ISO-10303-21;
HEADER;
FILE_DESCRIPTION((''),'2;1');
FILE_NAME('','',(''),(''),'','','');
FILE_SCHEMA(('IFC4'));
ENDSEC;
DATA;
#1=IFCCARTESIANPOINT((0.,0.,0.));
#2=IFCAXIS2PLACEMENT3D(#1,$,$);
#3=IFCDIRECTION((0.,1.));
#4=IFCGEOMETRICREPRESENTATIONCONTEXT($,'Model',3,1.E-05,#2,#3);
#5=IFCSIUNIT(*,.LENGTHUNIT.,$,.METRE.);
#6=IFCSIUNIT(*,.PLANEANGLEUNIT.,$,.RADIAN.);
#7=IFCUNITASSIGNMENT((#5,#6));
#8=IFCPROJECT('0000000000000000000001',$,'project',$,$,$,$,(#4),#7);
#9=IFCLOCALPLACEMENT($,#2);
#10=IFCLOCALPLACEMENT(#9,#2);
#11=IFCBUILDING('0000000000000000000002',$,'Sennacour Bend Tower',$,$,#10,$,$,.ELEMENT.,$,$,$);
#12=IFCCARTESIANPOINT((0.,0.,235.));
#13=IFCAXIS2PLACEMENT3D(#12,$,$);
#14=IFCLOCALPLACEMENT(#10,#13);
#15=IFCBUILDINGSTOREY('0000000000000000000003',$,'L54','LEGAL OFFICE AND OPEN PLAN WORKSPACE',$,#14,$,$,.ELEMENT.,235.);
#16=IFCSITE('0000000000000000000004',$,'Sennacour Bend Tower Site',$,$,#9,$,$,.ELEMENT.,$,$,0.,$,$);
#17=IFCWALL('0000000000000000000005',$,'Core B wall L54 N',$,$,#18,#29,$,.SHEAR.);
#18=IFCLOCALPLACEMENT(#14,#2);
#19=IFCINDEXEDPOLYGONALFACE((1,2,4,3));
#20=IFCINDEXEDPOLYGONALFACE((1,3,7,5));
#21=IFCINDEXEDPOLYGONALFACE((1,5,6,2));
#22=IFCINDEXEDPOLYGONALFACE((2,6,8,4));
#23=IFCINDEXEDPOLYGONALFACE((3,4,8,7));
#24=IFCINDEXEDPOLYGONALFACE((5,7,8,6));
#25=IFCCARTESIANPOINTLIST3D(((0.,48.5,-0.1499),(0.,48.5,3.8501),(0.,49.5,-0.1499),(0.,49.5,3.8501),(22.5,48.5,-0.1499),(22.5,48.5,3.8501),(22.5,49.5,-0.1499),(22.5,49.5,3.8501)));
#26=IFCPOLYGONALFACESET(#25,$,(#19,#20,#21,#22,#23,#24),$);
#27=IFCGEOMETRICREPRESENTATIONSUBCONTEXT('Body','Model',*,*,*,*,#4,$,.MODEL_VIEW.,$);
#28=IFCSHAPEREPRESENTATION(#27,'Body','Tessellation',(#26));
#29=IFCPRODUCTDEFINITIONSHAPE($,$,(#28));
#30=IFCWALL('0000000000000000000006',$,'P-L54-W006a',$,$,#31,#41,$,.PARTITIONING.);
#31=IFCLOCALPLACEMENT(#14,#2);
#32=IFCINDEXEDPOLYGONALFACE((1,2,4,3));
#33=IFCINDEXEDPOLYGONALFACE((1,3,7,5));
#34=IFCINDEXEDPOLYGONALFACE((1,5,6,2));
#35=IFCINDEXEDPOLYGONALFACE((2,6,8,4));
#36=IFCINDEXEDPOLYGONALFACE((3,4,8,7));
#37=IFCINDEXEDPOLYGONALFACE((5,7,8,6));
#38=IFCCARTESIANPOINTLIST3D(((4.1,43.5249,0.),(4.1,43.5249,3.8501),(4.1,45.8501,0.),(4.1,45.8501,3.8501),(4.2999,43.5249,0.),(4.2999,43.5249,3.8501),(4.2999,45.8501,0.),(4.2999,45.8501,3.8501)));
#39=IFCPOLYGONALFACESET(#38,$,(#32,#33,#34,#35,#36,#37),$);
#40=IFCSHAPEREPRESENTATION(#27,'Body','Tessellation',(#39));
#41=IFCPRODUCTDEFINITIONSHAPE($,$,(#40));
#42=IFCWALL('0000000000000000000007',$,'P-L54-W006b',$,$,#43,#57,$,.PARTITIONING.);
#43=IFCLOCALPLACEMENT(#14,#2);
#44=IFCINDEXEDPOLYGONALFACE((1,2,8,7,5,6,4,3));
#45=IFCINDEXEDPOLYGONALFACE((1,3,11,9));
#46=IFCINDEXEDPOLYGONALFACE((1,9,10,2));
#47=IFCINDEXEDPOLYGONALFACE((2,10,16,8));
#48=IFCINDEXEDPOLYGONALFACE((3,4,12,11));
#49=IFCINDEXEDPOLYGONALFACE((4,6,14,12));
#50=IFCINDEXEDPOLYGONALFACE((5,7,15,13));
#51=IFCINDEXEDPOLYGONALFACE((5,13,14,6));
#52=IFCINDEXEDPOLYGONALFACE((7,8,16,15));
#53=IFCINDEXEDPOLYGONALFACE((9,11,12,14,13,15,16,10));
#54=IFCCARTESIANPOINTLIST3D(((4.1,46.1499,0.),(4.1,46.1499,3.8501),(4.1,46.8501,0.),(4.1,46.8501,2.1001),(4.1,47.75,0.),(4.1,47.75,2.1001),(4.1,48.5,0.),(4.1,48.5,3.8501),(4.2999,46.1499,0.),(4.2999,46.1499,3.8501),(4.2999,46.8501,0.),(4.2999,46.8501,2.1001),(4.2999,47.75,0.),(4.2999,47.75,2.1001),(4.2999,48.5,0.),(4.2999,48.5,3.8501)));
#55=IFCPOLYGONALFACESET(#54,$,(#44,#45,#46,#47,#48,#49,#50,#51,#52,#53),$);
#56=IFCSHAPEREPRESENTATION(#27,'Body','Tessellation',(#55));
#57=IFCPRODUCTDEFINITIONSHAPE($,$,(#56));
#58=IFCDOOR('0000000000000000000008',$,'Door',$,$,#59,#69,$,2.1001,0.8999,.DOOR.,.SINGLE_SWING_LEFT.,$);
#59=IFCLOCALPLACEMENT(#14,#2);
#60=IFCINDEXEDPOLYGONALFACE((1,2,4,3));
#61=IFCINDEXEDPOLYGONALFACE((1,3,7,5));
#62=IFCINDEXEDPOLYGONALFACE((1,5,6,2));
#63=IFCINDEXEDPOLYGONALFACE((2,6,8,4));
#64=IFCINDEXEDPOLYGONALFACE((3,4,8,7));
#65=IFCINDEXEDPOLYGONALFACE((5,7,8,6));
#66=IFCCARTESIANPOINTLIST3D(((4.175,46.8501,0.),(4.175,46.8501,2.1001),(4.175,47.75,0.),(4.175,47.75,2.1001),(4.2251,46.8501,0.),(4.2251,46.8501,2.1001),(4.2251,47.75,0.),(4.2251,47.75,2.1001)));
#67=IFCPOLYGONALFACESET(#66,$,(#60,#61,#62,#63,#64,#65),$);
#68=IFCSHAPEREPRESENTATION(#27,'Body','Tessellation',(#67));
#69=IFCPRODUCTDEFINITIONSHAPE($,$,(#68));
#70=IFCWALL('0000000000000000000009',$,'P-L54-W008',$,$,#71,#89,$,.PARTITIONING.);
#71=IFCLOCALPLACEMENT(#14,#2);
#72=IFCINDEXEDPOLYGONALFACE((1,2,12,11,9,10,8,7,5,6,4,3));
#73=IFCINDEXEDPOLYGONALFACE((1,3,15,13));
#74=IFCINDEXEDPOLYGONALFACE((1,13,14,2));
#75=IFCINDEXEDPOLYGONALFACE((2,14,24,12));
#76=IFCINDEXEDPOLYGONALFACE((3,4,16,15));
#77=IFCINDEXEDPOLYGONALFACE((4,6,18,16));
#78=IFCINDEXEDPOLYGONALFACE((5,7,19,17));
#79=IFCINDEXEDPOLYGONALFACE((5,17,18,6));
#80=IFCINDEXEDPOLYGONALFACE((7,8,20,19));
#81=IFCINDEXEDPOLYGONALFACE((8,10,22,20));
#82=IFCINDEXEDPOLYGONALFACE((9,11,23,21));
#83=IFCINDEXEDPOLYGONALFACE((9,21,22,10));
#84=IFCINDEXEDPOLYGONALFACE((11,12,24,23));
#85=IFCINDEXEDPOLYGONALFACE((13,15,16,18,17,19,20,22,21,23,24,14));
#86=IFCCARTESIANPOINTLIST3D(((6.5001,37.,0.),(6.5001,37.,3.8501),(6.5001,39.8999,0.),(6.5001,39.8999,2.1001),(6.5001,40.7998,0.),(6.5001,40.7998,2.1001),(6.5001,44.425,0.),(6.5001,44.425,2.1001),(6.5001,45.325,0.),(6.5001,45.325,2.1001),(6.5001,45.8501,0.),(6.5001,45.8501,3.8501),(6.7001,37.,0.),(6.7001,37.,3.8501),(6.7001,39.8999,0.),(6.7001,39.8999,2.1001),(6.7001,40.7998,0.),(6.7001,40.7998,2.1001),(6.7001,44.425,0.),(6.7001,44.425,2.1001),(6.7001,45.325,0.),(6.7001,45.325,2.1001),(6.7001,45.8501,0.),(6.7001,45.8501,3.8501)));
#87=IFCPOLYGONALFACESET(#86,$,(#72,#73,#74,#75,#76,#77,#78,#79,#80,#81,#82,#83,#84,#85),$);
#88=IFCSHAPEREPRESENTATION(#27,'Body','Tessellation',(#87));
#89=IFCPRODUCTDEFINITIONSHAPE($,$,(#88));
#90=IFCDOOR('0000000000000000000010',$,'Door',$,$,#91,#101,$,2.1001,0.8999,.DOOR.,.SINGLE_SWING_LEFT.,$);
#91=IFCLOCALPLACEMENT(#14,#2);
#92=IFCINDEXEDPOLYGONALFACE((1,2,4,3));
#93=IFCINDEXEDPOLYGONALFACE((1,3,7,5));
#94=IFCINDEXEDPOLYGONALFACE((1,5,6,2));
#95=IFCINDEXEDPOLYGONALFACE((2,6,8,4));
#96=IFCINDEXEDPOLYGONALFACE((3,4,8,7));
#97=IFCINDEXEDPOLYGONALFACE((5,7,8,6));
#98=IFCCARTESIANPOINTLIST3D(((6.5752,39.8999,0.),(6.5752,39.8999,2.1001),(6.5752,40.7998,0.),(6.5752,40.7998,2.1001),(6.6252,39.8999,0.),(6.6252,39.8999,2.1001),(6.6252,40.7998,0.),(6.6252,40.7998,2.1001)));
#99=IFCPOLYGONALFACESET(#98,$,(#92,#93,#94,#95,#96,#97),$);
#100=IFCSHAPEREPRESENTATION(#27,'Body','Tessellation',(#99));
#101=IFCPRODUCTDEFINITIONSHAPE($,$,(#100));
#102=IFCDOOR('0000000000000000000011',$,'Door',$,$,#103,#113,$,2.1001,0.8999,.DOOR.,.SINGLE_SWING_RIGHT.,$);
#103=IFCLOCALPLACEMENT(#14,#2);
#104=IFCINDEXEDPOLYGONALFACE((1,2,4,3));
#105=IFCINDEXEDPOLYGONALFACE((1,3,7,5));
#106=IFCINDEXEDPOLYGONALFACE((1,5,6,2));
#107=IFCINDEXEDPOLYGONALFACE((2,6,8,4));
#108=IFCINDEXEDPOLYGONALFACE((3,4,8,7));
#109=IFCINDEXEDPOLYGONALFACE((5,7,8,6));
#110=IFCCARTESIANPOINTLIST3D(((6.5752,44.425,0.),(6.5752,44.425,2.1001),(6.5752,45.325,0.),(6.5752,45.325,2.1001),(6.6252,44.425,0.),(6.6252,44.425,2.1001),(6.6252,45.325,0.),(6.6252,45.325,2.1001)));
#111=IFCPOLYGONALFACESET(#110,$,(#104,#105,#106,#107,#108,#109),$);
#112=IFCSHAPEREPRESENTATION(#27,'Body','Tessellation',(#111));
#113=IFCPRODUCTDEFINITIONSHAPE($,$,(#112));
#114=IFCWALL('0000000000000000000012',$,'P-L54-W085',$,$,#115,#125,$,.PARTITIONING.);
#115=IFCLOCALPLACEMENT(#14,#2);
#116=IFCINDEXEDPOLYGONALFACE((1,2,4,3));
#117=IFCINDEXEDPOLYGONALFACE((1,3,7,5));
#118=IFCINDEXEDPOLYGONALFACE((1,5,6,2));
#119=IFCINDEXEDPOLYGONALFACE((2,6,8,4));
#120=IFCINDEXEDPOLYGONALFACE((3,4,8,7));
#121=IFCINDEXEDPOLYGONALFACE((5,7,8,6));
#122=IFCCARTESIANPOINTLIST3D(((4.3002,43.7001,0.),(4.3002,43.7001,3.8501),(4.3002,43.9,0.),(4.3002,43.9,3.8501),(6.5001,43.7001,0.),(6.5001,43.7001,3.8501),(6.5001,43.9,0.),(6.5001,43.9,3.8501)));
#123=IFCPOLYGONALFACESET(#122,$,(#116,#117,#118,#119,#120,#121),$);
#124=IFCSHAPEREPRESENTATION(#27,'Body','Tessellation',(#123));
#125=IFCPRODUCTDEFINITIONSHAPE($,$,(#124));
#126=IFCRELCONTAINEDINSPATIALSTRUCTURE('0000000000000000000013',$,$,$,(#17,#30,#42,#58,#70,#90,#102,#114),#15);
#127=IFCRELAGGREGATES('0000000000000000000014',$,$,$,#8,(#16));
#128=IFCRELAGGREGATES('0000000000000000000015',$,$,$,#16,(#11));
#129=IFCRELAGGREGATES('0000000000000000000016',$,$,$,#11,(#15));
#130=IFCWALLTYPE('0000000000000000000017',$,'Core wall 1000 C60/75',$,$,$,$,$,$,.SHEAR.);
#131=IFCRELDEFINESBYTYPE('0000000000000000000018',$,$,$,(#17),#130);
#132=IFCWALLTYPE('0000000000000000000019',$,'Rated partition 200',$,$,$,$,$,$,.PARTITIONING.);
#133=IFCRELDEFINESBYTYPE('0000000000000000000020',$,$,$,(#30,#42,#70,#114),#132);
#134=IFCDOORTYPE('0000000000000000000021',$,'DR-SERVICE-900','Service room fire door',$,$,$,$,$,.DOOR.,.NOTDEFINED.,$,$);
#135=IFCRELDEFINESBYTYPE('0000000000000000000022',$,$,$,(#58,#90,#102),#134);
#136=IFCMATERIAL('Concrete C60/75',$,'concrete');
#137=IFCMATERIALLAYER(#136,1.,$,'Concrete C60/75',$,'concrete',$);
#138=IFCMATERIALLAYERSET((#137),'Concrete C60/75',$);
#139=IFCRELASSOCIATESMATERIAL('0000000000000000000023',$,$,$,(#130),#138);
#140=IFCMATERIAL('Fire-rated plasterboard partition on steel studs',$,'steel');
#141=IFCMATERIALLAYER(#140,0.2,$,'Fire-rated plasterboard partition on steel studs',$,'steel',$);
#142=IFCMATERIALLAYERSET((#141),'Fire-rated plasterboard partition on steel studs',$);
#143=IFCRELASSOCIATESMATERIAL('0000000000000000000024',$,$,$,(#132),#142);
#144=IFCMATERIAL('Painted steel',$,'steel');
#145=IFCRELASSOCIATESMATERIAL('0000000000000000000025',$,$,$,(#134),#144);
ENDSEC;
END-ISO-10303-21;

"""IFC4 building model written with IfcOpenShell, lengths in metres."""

from ifc_helpers import new_model, si_unit, direction, frame, frame_2d, origin, place, context, subcontext, project, spatial, rectangle, extrude, material, layer, layer_set, type_object, element, fill, save


model = new_model("IFC4")

# Units and contexts
model_context = context("Model", 3, precision=1e-05, world=origin(), true_north=direction((0.0, 1.0)))
body_context = subcontext(model_context, "Body", "Model", "MODEL_VIEW")
ifc_project = project(units=[si_unit("LENGTHUNIT", "METRE"), si_unit("PLANEANGLEUNIT", "RADIAN")], contexts=[model_context])

# Site, building, storey
site_placement = place(None, origin())
site = spatial("IfcSite", under=ifc_project, at=site_placement, Name="Sennacour Bend Tower Site", CompositionType="ELEMENT", RefElevation=0.0)
building_placement = place(site_placement, origin())
building = spatial("IfcBuilding", under=site, at=building_placement, Name="Sennacour Bend Tower", CompositionType="ELEMENT")
storey_placement = place(building_placement, frame((0.0, 0.0, 235.0)))
storey = spatial("IfcBuildingStorey", under=building, at=storey_placement, Name="L54", Description="LEGAL OFFICE AND OPEN PLAN WORKSPACE", CompositionType="ELEMENT", Elevation=235.0)

# Walls
ifc_material_1 = material(Name="Concrete C60/75", Category="concrete")
ifc_layer_1 = layer(ifc_material_1, 1.0, Name="Concrete C60/75", Category="concrete")
ifc_layer_set_1 = layer_set([ifc_layer_1], Name="Concrete C60/75")
wall_type_1 = type_object("IfcWallType", Name="Core wall 1000 C60/75", PredefinedType="SHEAR", material=ifc_layer_set_1)
wall_1_placement = place(storey_placement, frame((0.0, 49.0, -0.1499), z_axis=(0.0, 0.0, 1.0), x_axis=(1.0, 0.0, 0.0)))
element("IfcWall", 1, at=wall_1_placement, inside=storey, type_object=wall_type_1, Name="Core B wall L54 N", PredefinedType="SHEAR", context=body_context, shape_type="SweptSolid", body=[
    extrude(rectangle(XDim=22.5, YDim=1.0, at=frame_2d((11.25, 0.0))), origin(), (0.0, 0.0, 1.0), 4.0),
])
ifc_material_2 = material(Name="Fire-rated plasterboard partition on steel studs", Category="steel")
ifc_layer_2 = layer(ifc_material_2, 0.2, Name="Fire-rated plasterboard partition on steel studs", Category="steel")
ifc_layer_set_2 = layer_set([ifc_layer_2], Name="Fire-rated plasterboard partition on steel studs")
wall_type_2 = type_object("IfcWallType", Name="Rated partition 200", PredefinedType="PARTITIONING", material=ifc_layer_set_2)
wall_2_placement = place(storey_placement, frame((4.2, 43.5249, 0.0), z_axis=(0.0, 0.0, 1.0), x_axis=(0.0, 1.0, 0.0)))
element("IfcWall", 2, at=wall_2_placement, inside=storey, type_object=wall_type_2, Name="P-L54-W006a", PredefinedType="PARTITIONING", context=body_context, shape_type="SweptSolid", body=[
    extrude(rectangle(XDim=2.3252, YDim=0.2, at=frame_2d((1.1626, 0.0))), origin(), (0.0, 0.0, 1.0), 3.8501),
])

# Wall, opening, door
wall_3_placement = place(storey_placement, frame((4.2, 46.1499, 0.0), z_axis=(0.0, 0.0, 1.0), x_axis=(0.0, 1.0, 0.0)))
wall_3 = element("IfcWall", 3, at=wall_3_placement, inside=storey, type_object=wall_type_2, Name="P-L54-W006b", PredefinedType="PARTITIONING", context=body_context, shape_type="SweptSolid", body=[
    extrude(rectangle(XDim=2.3501, YDim=0.2, at=frame_2d((1.175, 0.0))), origin(), (0.0, 0.0, 1.0), 3.8501),
])
opening_1_placement = place(wall_3_placement, frame((0.7002, 0.0, 0.0)))
opening_1 = element("IfcOpeningElement", 4, at=opening_1_placement, cuts=wall_3, PredefinedType="OPENING", context=body_context, shape_type="SweptSolid", body=[
    extrude(rectangle(XDim=0.8999, YDim=2.1001, at=frame_2d((0.45, 1.05))), frame((0.0, 0.1099, 0.0), z_axis=(0.0, -1.0, 0.0), x_axis=(1.0, 0.0, 0.0)), (0.0, 0.0, 1.0), 0.22),
])
ifc_material_3 = material(Name="Painted steel", Category="steel")
door_type_1 = type_object("IfcDoorType", Name="DR-SERVICE-900", Description="Service room fire door", OperationType="NOTDEFINED", PredefinedType="DOOR", material=ifc_material_3)
door_1_placement = place(opening_1_placement, origin())
door_1 = element("IfcDoor", 5, at=door_1_placement, inside=storey, type_object=door_type_1, Name="Door", OperationType="SINGLE_SWING_LEFT", OverallHeight=2.1001, OverallWidth=0.8999, PredefinedType="DOOR", context=body_context, shape_type="SweptSolid", body=[
    extrude(rectangle(XDim=0.8999, YDim=2.1001, at=frame_2d((0.45, 1.05))), frame((0.0, 0.0249, 0.0), z_axis=(0.0, -1.0, 0.0), x_axis=(1.0, 0.0, 0.0)), (0.0, 0.0, 1.0), 0.05),
])
fill(opening_1, door_1)

# Wall, openings, doors
wall_4_placement = place(storey_placement, frame((6.6001, 37.0, 0.0), z_axis=(0.0, 0.0, 1.0), x_axis=(0.0, 1.0, 0.0)))
wall_4 = element("IfcWall", 6, at=wall_4_placement, inside=storey, type_object=wall_type_2, Name="P-L54-W008", PredefinedType="PARTITIONING", context=body_context, shape_type="SweptSolid", body=[
    extrude(rectangle(XDim=8.8501, YDim=0.2, at=frame_2d((4.425, 0.0))), origin(), (0.0, 0.0, 1.0), 3.8501),
])
opening_2_placement = place(wall_4_placement, frame((2.8999, 0.0, 0.0)))
opening_2 = element("IfcOpeningElement", 7, at=opening_2_placement, cuts=wall_4, PredefinedType="OPENING", context=body_context, shape_type="SweptSolid", body=[
    extrude(rectangle(XDim=0.8999, YDim=2.1001, at=frame_2d((0.45, 1.05))), frame((0.0, 0.1099, 0.0), z_axis=(0.0, -1.0, 0.0), x_axis=(1.0, 0.0, 0.0)), (0.0, 0.0, 1.0), 0.22),
])
opening_3_placement = place(wall_4_placement, frame((7.425, 0.0, 0.0)))
opening_3 = element("IfcOpeningElement", 8, at=opening_3_placement, cuts=wall_4, PredefinedType="OPENING", context=body_context, shape_type="SweptSolid", body=[
    extrude(rectangle(XDim=0.8999, YDim=2.1001, at=frame_2d((0.45, 1.05))), frame((0.0, 0.1099, 0.0), z_axis=(0.0, -1.0, 0.0), x_axis=(1.0, 0.0, 0.0)), (0.0, 0.0, 1.0), 0.22),
])
door_2_placement = place(opening_2_placement, origin())
door_2 = element("IfcDoor", 9, at=door_2_placement, inside=storey, type_object=door_type_1, Name="Door", OperationType="SINGLE_SWING_LEFT", OverallHeight=2.1001, OverallWidth=0.8999, PredefinedType="DOOR", context=body_context, shape_type="SweptSolid", body=[
    extrude(rectangle(XDim=0.8999, YDim=2.1001, at=frame_2d((0.45, 1.05))), frame((0.0, 0.0249, 0.0), z_axis=(0.0, -1.0, 0.0), x_axis=(1.0, 0.0, 0.0)), (0.0, 0.0, 1.0), 0.05),
])
fill(opening_2, door_2)
door_3_placement = place(opening_3_placement, origin())
door_3 = element("IfcDoor", 10, at=door_3_placement, inside=storey, type_object=door_type_1, Name="Door", OperationType="SINGLE_SWING_RIGHT", OverallHeight=2.1001, OverallWidth=0.8999, PredefinedType="DOOR", context=body_context, shape_type="SweptSolid", body=[
    extrude(rectangle(XDim=0.8999, YDim=2.1001, at=frame_2d((0.45, 1.05))), frame((0.0, 0.0249, 0.0), z_axis=(0.0, -1.0, 0.0), x_axis=(1.0, 0.0, 0.0)), (0.0, 0.0, 1.0), 0.05),
])
fill(opening_3, door_3)

# Wall
wall_5_placement = place(storey_placement, frame((4.3, 43.8, 0.0), z_axis=(0.0, 0.0, 1.0), x_axis=(1.0, 0.0, 0.0)))
element("IfcWall", 11, at=wall_5_placement, inside=storey, type_object=wall_type_2, Name="P-L54-W085", PredefinedType="PARTITIONING", context=body_context, shape_type="SweptSolid", body=[
    extrude(rectangle(XDim=2.2, YDim=0.2, at=frame_2d((1.1001, 0.0))), origin(), (0.0, 0.0, 1.0), 3.8501),
])

save(model, "model.ifc")
